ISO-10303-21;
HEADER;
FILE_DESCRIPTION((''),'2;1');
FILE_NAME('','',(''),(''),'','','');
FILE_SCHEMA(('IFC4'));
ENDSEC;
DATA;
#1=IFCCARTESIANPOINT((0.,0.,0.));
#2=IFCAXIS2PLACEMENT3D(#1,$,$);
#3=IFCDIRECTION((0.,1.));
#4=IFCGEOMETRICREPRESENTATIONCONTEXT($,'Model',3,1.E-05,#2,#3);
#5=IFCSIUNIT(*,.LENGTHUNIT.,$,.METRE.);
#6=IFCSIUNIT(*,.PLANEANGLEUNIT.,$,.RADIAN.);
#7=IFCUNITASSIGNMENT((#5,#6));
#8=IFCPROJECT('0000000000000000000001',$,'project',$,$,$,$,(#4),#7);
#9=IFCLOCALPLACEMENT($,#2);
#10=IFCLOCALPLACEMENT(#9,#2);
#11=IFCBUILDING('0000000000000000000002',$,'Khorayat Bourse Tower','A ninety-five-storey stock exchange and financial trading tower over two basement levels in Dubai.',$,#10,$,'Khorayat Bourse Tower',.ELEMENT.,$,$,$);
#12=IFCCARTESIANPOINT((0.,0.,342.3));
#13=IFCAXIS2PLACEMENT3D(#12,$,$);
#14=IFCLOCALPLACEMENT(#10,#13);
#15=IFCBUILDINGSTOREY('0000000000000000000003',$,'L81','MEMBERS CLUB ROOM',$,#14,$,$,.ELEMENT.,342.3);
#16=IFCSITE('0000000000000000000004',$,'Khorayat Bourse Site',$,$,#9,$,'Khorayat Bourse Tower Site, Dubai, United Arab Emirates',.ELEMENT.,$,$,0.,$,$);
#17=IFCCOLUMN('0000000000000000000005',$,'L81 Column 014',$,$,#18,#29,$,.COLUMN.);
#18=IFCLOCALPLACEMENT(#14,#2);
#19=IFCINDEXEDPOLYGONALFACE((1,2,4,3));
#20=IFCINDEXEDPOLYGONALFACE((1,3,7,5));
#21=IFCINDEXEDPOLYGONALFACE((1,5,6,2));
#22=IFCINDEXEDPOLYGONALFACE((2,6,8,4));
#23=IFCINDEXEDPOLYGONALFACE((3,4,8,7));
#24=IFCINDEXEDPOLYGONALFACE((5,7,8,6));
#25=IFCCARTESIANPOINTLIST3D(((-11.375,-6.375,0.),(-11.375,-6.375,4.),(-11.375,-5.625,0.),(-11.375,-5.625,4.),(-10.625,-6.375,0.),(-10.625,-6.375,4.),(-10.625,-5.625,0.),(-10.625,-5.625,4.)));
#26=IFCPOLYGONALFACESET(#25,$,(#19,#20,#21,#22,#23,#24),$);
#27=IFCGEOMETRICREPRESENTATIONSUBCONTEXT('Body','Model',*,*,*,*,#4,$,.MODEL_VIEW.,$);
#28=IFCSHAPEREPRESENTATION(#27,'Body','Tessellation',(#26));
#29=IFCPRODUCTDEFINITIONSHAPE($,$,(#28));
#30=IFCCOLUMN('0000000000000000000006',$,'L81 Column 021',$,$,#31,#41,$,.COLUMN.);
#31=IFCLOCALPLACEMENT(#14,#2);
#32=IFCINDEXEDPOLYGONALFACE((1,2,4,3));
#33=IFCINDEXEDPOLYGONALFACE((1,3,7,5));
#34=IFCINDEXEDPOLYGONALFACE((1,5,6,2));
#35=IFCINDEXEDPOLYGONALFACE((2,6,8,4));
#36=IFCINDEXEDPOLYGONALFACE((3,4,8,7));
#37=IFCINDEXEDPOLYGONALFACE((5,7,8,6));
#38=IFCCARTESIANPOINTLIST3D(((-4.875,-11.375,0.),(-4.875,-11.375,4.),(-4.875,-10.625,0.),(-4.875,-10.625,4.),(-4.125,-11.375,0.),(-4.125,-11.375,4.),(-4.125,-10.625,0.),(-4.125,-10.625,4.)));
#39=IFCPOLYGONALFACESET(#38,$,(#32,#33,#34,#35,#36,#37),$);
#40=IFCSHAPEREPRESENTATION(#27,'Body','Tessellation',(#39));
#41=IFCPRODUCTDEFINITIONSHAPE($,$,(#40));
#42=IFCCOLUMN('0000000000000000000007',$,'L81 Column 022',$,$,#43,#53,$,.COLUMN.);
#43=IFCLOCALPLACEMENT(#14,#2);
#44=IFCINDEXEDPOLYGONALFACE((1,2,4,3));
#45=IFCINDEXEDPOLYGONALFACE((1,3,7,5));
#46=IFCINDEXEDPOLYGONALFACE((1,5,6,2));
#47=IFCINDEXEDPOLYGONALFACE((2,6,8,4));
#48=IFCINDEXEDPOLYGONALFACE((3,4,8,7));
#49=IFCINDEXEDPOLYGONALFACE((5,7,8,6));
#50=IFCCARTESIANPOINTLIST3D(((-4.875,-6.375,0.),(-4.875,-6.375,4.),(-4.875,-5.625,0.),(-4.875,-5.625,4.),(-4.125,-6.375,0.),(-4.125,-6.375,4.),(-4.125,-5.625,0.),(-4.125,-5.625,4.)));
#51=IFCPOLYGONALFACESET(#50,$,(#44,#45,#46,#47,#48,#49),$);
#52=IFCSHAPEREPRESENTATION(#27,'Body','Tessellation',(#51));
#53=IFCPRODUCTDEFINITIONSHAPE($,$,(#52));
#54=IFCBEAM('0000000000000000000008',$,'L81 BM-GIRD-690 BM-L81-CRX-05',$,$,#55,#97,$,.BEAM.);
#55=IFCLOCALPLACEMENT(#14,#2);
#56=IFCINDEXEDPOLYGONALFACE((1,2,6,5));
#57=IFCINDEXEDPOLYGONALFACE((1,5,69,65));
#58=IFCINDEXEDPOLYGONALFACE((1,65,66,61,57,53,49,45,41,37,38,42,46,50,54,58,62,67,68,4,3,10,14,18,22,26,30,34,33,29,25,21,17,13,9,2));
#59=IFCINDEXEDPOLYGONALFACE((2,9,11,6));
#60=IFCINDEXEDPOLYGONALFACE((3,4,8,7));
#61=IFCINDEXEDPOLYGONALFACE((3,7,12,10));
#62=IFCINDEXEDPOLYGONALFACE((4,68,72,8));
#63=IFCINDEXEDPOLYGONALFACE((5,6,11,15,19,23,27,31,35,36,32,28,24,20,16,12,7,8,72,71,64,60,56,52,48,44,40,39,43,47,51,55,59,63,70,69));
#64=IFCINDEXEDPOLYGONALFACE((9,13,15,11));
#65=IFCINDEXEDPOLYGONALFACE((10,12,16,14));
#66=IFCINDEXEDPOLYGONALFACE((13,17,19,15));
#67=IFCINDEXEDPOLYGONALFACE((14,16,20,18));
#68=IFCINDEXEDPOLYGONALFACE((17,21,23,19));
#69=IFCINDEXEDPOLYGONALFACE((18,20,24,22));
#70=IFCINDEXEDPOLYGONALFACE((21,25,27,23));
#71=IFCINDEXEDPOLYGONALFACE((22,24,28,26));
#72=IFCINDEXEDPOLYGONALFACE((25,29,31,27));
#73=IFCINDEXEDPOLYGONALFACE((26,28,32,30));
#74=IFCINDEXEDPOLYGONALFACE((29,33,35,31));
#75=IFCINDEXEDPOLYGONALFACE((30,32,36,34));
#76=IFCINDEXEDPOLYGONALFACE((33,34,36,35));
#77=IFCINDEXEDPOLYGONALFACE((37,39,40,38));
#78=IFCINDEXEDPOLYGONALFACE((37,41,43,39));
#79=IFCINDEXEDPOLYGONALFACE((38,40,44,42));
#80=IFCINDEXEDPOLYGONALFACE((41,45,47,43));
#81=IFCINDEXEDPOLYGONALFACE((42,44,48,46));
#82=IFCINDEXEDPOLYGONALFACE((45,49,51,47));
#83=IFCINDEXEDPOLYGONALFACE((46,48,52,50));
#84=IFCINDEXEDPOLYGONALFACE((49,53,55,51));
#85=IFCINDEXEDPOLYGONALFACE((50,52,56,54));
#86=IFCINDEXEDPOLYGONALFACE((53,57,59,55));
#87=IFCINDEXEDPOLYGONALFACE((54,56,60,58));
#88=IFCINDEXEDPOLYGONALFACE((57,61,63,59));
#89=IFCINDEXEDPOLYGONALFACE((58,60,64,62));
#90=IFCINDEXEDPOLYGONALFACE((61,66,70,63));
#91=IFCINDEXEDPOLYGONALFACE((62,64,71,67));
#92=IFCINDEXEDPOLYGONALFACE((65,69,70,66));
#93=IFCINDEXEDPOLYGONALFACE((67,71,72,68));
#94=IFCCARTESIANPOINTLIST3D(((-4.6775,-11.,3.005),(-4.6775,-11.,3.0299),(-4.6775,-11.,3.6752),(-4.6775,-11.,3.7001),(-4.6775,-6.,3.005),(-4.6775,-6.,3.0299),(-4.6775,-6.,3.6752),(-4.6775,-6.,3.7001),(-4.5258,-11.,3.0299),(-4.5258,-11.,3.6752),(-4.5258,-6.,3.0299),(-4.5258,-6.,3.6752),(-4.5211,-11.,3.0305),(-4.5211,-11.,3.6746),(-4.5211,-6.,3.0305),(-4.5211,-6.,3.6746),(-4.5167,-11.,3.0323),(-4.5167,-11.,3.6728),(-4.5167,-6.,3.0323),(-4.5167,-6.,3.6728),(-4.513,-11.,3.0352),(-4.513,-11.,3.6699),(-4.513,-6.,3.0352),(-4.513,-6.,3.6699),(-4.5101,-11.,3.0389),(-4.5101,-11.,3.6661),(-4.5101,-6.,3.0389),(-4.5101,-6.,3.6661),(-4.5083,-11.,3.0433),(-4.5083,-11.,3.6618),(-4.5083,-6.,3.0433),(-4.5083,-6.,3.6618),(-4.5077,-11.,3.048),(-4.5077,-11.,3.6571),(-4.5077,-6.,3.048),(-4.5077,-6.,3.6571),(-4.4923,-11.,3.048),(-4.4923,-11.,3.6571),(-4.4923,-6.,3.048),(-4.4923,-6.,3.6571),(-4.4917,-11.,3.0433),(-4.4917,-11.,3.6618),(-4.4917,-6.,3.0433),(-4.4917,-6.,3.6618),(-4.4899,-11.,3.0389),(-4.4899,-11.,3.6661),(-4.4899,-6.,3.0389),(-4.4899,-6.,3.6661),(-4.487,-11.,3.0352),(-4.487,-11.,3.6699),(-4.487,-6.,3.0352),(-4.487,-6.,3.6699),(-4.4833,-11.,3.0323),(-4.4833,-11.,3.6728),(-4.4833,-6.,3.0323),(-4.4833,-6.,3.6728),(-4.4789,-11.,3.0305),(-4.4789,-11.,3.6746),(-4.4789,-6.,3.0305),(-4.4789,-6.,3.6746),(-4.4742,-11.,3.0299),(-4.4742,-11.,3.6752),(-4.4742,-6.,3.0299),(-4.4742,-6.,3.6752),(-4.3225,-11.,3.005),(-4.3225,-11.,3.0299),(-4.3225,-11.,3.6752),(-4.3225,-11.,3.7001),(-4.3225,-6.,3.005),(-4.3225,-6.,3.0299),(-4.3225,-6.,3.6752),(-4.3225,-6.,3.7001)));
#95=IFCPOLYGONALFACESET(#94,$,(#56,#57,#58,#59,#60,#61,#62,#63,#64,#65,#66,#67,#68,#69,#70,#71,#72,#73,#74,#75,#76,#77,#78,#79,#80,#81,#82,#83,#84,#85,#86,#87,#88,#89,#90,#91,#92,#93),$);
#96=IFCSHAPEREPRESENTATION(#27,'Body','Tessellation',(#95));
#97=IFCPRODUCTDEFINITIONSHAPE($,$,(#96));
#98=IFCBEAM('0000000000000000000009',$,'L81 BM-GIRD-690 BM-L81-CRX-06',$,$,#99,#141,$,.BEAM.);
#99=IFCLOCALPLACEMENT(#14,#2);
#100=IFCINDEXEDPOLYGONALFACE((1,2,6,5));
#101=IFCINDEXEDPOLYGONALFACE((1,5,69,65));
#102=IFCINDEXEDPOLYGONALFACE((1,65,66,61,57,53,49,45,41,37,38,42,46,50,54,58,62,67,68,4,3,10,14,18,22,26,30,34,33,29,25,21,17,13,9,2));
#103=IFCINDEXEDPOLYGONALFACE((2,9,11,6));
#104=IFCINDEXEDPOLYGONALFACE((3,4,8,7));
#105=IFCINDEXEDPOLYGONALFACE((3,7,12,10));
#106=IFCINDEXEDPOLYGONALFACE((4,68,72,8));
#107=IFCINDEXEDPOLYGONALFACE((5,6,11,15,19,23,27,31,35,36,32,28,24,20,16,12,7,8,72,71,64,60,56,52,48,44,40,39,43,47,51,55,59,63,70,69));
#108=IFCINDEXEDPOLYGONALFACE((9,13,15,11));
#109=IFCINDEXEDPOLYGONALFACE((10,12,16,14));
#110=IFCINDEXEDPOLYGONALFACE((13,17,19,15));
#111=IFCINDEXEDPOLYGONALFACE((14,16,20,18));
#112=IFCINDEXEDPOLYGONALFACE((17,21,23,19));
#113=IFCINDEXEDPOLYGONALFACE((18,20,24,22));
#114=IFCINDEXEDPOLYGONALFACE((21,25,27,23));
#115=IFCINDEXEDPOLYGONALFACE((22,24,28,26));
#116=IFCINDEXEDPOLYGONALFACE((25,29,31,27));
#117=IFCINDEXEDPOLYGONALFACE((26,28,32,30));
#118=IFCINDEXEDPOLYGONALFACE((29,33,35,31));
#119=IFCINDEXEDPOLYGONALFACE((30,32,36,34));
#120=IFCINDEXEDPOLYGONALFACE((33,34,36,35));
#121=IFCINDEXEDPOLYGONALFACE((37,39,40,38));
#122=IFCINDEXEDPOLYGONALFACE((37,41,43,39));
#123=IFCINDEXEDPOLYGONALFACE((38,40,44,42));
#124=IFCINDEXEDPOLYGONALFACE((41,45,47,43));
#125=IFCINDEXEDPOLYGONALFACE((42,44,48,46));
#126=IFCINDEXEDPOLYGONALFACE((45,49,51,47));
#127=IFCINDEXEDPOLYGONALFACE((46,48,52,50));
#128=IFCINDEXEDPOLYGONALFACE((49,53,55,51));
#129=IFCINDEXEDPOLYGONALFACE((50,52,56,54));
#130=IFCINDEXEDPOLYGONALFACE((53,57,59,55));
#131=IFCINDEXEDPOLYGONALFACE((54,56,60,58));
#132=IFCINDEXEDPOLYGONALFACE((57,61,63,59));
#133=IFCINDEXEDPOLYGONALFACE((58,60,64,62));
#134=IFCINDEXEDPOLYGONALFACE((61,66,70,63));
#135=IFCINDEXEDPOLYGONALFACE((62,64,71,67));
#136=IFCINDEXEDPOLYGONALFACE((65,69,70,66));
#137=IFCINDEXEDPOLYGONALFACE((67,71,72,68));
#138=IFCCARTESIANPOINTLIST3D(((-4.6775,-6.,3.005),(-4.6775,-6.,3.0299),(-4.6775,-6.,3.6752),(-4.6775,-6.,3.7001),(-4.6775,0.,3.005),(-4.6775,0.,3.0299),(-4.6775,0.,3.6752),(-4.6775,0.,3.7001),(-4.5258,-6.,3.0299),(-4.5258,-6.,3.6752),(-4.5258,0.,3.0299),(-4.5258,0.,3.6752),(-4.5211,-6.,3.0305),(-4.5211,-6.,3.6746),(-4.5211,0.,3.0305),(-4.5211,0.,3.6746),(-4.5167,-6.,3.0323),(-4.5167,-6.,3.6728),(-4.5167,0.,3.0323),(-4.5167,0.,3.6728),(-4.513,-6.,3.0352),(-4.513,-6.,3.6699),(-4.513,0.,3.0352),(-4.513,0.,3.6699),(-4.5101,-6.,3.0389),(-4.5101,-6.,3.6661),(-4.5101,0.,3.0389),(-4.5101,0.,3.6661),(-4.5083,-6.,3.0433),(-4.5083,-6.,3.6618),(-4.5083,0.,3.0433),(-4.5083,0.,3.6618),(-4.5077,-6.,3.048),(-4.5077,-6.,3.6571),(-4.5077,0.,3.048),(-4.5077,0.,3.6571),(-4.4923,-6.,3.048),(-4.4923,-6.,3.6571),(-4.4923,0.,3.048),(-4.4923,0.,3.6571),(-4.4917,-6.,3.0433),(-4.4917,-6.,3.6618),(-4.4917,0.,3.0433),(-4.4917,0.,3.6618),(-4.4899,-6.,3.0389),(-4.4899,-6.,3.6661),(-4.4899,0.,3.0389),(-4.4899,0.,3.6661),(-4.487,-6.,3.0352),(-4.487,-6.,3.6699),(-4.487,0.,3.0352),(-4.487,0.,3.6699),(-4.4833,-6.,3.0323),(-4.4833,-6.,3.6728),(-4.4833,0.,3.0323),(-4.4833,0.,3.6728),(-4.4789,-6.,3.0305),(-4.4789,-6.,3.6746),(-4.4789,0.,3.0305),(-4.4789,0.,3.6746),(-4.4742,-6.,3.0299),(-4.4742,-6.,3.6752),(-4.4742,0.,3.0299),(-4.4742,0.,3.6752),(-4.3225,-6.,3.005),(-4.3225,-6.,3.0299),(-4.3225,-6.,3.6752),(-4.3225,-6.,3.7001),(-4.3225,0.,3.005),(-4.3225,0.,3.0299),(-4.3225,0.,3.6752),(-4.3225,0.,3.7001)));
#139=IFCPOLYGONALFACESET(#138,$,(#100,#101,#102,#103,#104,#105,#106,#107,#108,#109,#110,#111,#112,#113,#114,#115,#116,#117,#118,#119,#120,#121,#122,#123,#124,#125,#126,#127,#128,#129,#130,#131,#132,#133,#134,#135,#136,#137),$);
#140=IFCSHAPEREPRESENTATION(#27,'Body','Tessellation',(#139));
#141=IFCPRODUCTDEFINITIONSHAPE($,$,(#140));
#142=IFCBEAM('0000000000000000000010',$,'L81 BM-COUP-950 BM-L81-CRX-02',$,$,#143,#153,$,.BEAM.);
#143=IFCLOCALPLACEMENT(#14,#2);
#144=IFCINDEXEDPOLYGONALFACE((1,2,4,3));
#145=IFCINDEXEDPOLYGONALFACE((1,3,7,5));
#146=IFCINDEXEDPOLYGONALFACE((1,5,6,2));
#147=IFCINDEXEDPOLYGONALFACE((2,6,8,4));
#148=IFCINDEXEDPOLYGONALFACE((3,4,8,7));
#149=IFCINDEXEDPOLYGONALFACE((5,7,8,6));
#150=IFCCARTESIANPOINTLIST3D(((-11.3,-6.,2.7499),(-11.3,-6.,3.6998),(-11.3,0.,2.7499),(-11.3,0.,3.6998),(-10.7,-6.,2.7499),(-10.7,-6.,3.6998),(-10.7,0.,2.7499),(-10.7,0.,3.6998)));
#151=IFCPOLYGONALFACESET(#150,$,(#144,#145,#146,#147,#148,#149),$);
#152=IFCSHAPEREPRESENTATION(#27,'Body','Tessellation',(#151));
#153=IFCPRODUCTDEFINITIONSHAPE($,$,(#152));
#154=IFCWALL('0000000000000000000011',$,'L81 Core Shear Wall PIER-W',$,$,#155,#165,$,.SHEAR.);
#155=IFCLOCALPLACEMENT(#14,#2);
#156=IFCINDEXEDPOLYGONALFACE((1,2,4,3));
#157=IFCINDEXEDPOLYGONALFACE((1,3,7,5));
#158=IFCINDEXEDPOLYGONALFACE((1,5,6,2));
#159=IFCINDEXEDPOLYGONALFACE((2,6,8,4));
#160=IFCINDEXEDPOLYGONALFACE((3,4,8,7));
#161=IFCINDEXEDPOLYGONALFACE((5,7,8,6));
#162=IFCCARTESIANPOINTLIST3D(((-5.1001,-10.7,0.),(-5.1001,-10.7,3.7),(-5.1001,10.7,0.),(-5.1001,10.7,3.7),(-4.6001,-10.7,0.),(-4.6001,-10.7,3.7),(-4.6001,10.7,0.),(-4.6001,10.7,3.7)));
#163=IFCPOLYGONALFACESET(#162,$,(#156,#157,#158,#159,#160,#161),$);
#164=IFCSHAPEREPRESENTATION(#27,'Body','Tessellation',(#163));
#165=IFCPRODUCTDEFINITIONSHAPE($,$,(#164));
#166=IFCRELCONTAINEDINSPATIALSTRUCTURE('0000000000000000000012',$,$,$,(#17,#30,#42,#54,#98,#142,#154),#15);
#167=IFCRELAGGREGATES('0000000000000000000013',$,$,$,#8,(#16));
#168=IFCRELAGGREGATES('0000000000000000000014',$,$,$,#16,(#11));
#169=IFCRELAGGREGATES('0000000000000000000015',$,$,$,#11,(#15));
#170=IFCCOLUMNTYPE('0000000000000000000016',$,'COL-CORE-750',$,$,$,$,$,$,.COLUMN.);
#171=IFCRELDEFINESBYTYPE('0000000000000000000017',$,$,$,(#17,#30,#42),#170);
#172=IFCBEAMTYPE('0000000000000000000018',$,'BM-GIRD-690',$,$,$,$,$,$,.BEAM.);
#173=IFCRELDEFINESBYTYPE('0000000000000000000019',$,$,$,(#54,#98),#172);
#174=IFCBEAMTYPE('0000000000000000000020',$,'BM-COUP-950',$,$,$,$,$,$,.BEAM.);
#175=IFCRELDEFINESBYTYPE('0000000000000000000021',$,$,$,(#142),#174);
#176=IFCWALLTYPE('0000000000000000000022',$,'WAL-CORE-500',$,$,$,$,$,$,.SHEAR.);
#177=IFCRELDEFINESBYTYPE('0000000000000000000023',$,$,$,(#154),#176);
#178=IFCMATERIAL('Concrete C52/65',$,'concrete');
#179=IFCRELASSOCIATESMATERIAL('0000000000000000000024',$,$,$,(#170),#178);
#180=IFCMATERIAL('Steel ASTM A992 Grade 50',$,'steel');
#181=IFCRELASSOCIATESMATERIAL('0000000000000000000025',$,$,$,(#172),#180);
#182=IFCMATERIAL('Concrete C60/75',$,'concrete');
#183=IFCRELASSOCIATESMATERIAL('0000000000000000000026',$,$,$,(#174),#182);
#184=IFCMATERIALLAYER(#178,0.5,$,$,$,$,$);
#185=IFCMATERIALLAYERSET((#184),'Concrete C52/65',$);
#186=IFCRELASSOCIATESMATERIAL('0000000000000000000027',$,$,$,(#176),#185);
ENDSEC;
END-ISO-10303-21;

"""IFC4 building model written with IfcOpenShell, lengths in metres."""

from ifc_helpers import new_model, si_unit, direction, frame, frame_2d, origin, origin_2d, place, context, subcontext, project, spatial, rectangle, i_section, extrude, source, transform, mapped, material, layer, layer_set, material_profile, profile_set, type_object, element, save


model = new_model("IFC4")

# Units and contexts
model_context = context("Model", 3, precision=1e-05, world=origin(), true_north=direction((0.0, 1.0)))
body_context = subcontext(model_context, "Body", "Model", "MODEL_VIEW")
ifc_project = project(units=[si_unit("LENGTHUNIT", "METRE"), si_unit("PLANEANGLEUNIT", "RADIAN")], contexts=[model_context])

# Site, building, storey
site_placement = place(None, origin())
site = spatial("IfcSite", under=ifc_project, at=site_placement, Name="Khorayat Bourse Site", LongName="Khorayat Bourse Tower Site, Dubai, United Arab Emirates", CompositionType="ELEMENT", RefElevation=0.0)
building_placement = place(site_placement, origin())
building = spatial("IfcBuilding", under=site, at=building_placement, Name="Khorayat Bourse Tower", Description="A ninety-five-storey stock exchange and financial trading tower over two basement levels in Dubai.", LongName="Khorayat Bourse Tower", CompositionType="ELEMENT")
storey_placement = place(building_placement, frame((0.0, 0.0, 342.3)))
storey = spatial("IfcBuildingStorey", under=building, at=storey_placement, Name="L81", Description="MEMBERS CLUB ROOM", CompositionType="ELEMENT", Elevation=342.3)

# Columns
ifc_material_1 = material(Name="Concrete C52/65", Category="concrete")
ifc_material_profile_1 = material_profile(ifc_material_1, rectangle(XDim=0.75, YDim=0.75, at=origin_2d()), Name="RC 750x750")
ifc_profile_set_1 = profile_set([ifc_material_profile_1], Name="Concrete C52/65")
column_type = type_object("IfcColumnType", Name="COL-CORE-750", PredefinedType="COLUMN", material=ifc_profile_set_1)
shared_shape_1 = source(origin(), body_context, "Body", "SweptSolid", [
    extrude(rectangle(XDim=0.75, YDim=0.75, at=origin_2d()), origin(), (0.0, 0.0, 1.0), 4.0),
])
for number, where, z_axis, x_axis, name in (
    (1, (-11.0, -6.0, 0.0), (0.0, 0.0, 1.0), (1.0, 0.0, 0.0), "L81 Column 014"),
    (2, (-4.5, -11.0, 0.0), (0.0, 0.0, 1.0), (1.0, 0.0, 0.0), "L81 Column 021"),
    (3, (-4.5, -6.0, 0.0), (0.0, 0.0, 1.0), (1.0, 0.0, 0.0), "L81 Column 022"),
):
    element("IfcColumn", number, at=place(storey_placement, frame(where, z_axis=z_axis, x_axis=x_axis)), inside=storey, type_object=column_type, Name=name, PredefinedType="COLUMN", context=body_context, shape_type="MappedRepresentation", body=[
        mapped(shared_shape_1, transform((0.0, 0.0, 0.0), scale=1.0)),
    ])

# Beams
ifc_material_2 = material(Name="Steel ASTM A992 Grade 50", Category="steel")
ifc_material_profile_2 = material_profile(ifc_material_2, i_section(OverallWidth=0.355, OverallDepth=0.6951, WebThickness=0.0154, FlangeThickness=0.0249, FilletRadius=0.0181, at=origin_2d()), Name="W690X217")
ifc_profile_set_2 = profile_set([ifc_material_profile_2], Name="Steel ASTM A992 Grade 50")
beam_type_1 = type_object("IfcBeamType", Name="BM-GIRD-690", PredefinedType="BEAM", material=ifc_profile_set_2)
shared_shape_2 = source(origin(), body_context, "Body", "SweptSolid", [
    extrude(i_section(OverallWidth=0.355, OverallDepth=0.6951, WebThickness=0.0154, FlangeThickness=0.0249, FilletRadius=0.0181, at=origin_2d()), origin(), (0.0, 0.0, 1.0), 5.0),
])
beam_1_placement = place(storey_placement, frame((-4.5, -11.0, 3.3525), z_axis=(0.0, 1.0, 0.0), x_axis=(-1.0, 0.0, 0.0)))
element("IfcBeam", 4, at=beam_1_placement, inside=storey, type_object=beam_type_1, Name="L81 BM-GIRD-690 BM-L81-CRX-05", PredefinedType="BEAM", context=body_context, shape_type="MappedRepresentation", body=[
    mapped(shared_shape_2, transform((0.0, 0.0, 0.0), scale=1.0)),
])
shared_shape_3 = source(origin(), body_context, "Body", "SweptSolid", [
    extrude(i_section(OverallWidth=0.355, OverallDepth=0.6951, WebThickness=0.0154, FlangeThickness=0.0249, FilletRadius=0.0181, at=origin_2d()), origin(), (0.0, 0.0, 1.0), 6.0),
])
beam_2_placement = place(storey_placement, frame((-4.5, -6.0, 3.3525), z_axis=(0.0, 1.0, 0.0), x_axis=(-1.0, 0.0, 0.0)))
element("IfcBeam", 5, at=beam_2_placement, inside=storey, type_object=beam_type_1, Name="L81 BM-GIRD-690 BM-L81-CRX-06", PredefinedType="BEAM", context=body_context, shape_type="MappedRepresentation", body=[
    mapped(shared_shape_3, transform((0.0, 0.0, 0.0), scale=1.0)),
])
ifc_material_3 = material(Name="Concrete C60/75", Category="concrete")
ifc_material_profile_3 = material_profile(ifc_material_3, rectangle(XDim=0.6001, YDim=0.95, at=origin_2d()), Name="RC 600x950")
ifc_profile_set_3 = profile_set([ifc_material_profile_3], Name="Concrete C60/75")
beam_type_2 = type_object("IfcBeamType", Name="BM-COUP-950", PredefinedType="BEAM", material=ifc_profile_set_3)
shared_shape_4 = source(origin(), body_context, "Body", "SweptSolid", [
    extrude(rectangle(XDim=0.6001, YDim=0.95, at=origin_2d()), origin(), (0.0, 0.0, 1.0), 6.0),
])
beam_3_placement = place(storey_placement, frame((-11.0, -6.0, 3.2249), z_axis=(0.0, 1.0, 0.0), x_axis=(-1.0, 0.0, 0.0)))
element("IfcBeam", 6, at=beam_3_placement, inside=storey, type_object=beam_type_2, Name="L81 BM-COUP-950 BM-L81-CRX-02", PredefinedType="BEAM", context=body_context, shape_type="MappedRepresentation", body=[
    mapped(shared_shape_4, transform((0.0, 0.0, 0.0), scale=1.0)),
])

# Wall
ifc_layer_1 = layer(ifc_material_1, 0.5)
ifc_layer_set_1 = layer_set([ifc_layer_1], Name="Concrete C52/65")
wall_type_1 = type_object("IfcWallType", Name="WAL-CORE-500", PredefinedType="SHEAR", material=ifc_layer_set_1)
shared_shape_5 = source(origin(), body_context, "Body", "SweptSolid", [
    extrude(rectangle(XDim=21.3999, YDim=0.5, at=frame_2d((10.7, 0.0))), origin(), (0.0, 0.0, 1.0), 3.7),
])
wall_1_placement = place(storey_placement, frame((-4.8501, -10.7, 0.0), z_axis=(0.0, 0.0, 1.0), x_axis=(0.0, 1.0, 0.0)))
element("IfcWall", 7, at=wall_1_placement, inside=storey, type_object=wall_type_1, Name="L81 Core Shear Wall PIER-W", PredefinedType="SHEAR", context=body_context, shape_type="MappedRepresentation", body=[
    mapped(shared_shape_5, transform((0.0, 0.0, 0.0), scale=1.0)),
])

save(model, "model.ifc")
